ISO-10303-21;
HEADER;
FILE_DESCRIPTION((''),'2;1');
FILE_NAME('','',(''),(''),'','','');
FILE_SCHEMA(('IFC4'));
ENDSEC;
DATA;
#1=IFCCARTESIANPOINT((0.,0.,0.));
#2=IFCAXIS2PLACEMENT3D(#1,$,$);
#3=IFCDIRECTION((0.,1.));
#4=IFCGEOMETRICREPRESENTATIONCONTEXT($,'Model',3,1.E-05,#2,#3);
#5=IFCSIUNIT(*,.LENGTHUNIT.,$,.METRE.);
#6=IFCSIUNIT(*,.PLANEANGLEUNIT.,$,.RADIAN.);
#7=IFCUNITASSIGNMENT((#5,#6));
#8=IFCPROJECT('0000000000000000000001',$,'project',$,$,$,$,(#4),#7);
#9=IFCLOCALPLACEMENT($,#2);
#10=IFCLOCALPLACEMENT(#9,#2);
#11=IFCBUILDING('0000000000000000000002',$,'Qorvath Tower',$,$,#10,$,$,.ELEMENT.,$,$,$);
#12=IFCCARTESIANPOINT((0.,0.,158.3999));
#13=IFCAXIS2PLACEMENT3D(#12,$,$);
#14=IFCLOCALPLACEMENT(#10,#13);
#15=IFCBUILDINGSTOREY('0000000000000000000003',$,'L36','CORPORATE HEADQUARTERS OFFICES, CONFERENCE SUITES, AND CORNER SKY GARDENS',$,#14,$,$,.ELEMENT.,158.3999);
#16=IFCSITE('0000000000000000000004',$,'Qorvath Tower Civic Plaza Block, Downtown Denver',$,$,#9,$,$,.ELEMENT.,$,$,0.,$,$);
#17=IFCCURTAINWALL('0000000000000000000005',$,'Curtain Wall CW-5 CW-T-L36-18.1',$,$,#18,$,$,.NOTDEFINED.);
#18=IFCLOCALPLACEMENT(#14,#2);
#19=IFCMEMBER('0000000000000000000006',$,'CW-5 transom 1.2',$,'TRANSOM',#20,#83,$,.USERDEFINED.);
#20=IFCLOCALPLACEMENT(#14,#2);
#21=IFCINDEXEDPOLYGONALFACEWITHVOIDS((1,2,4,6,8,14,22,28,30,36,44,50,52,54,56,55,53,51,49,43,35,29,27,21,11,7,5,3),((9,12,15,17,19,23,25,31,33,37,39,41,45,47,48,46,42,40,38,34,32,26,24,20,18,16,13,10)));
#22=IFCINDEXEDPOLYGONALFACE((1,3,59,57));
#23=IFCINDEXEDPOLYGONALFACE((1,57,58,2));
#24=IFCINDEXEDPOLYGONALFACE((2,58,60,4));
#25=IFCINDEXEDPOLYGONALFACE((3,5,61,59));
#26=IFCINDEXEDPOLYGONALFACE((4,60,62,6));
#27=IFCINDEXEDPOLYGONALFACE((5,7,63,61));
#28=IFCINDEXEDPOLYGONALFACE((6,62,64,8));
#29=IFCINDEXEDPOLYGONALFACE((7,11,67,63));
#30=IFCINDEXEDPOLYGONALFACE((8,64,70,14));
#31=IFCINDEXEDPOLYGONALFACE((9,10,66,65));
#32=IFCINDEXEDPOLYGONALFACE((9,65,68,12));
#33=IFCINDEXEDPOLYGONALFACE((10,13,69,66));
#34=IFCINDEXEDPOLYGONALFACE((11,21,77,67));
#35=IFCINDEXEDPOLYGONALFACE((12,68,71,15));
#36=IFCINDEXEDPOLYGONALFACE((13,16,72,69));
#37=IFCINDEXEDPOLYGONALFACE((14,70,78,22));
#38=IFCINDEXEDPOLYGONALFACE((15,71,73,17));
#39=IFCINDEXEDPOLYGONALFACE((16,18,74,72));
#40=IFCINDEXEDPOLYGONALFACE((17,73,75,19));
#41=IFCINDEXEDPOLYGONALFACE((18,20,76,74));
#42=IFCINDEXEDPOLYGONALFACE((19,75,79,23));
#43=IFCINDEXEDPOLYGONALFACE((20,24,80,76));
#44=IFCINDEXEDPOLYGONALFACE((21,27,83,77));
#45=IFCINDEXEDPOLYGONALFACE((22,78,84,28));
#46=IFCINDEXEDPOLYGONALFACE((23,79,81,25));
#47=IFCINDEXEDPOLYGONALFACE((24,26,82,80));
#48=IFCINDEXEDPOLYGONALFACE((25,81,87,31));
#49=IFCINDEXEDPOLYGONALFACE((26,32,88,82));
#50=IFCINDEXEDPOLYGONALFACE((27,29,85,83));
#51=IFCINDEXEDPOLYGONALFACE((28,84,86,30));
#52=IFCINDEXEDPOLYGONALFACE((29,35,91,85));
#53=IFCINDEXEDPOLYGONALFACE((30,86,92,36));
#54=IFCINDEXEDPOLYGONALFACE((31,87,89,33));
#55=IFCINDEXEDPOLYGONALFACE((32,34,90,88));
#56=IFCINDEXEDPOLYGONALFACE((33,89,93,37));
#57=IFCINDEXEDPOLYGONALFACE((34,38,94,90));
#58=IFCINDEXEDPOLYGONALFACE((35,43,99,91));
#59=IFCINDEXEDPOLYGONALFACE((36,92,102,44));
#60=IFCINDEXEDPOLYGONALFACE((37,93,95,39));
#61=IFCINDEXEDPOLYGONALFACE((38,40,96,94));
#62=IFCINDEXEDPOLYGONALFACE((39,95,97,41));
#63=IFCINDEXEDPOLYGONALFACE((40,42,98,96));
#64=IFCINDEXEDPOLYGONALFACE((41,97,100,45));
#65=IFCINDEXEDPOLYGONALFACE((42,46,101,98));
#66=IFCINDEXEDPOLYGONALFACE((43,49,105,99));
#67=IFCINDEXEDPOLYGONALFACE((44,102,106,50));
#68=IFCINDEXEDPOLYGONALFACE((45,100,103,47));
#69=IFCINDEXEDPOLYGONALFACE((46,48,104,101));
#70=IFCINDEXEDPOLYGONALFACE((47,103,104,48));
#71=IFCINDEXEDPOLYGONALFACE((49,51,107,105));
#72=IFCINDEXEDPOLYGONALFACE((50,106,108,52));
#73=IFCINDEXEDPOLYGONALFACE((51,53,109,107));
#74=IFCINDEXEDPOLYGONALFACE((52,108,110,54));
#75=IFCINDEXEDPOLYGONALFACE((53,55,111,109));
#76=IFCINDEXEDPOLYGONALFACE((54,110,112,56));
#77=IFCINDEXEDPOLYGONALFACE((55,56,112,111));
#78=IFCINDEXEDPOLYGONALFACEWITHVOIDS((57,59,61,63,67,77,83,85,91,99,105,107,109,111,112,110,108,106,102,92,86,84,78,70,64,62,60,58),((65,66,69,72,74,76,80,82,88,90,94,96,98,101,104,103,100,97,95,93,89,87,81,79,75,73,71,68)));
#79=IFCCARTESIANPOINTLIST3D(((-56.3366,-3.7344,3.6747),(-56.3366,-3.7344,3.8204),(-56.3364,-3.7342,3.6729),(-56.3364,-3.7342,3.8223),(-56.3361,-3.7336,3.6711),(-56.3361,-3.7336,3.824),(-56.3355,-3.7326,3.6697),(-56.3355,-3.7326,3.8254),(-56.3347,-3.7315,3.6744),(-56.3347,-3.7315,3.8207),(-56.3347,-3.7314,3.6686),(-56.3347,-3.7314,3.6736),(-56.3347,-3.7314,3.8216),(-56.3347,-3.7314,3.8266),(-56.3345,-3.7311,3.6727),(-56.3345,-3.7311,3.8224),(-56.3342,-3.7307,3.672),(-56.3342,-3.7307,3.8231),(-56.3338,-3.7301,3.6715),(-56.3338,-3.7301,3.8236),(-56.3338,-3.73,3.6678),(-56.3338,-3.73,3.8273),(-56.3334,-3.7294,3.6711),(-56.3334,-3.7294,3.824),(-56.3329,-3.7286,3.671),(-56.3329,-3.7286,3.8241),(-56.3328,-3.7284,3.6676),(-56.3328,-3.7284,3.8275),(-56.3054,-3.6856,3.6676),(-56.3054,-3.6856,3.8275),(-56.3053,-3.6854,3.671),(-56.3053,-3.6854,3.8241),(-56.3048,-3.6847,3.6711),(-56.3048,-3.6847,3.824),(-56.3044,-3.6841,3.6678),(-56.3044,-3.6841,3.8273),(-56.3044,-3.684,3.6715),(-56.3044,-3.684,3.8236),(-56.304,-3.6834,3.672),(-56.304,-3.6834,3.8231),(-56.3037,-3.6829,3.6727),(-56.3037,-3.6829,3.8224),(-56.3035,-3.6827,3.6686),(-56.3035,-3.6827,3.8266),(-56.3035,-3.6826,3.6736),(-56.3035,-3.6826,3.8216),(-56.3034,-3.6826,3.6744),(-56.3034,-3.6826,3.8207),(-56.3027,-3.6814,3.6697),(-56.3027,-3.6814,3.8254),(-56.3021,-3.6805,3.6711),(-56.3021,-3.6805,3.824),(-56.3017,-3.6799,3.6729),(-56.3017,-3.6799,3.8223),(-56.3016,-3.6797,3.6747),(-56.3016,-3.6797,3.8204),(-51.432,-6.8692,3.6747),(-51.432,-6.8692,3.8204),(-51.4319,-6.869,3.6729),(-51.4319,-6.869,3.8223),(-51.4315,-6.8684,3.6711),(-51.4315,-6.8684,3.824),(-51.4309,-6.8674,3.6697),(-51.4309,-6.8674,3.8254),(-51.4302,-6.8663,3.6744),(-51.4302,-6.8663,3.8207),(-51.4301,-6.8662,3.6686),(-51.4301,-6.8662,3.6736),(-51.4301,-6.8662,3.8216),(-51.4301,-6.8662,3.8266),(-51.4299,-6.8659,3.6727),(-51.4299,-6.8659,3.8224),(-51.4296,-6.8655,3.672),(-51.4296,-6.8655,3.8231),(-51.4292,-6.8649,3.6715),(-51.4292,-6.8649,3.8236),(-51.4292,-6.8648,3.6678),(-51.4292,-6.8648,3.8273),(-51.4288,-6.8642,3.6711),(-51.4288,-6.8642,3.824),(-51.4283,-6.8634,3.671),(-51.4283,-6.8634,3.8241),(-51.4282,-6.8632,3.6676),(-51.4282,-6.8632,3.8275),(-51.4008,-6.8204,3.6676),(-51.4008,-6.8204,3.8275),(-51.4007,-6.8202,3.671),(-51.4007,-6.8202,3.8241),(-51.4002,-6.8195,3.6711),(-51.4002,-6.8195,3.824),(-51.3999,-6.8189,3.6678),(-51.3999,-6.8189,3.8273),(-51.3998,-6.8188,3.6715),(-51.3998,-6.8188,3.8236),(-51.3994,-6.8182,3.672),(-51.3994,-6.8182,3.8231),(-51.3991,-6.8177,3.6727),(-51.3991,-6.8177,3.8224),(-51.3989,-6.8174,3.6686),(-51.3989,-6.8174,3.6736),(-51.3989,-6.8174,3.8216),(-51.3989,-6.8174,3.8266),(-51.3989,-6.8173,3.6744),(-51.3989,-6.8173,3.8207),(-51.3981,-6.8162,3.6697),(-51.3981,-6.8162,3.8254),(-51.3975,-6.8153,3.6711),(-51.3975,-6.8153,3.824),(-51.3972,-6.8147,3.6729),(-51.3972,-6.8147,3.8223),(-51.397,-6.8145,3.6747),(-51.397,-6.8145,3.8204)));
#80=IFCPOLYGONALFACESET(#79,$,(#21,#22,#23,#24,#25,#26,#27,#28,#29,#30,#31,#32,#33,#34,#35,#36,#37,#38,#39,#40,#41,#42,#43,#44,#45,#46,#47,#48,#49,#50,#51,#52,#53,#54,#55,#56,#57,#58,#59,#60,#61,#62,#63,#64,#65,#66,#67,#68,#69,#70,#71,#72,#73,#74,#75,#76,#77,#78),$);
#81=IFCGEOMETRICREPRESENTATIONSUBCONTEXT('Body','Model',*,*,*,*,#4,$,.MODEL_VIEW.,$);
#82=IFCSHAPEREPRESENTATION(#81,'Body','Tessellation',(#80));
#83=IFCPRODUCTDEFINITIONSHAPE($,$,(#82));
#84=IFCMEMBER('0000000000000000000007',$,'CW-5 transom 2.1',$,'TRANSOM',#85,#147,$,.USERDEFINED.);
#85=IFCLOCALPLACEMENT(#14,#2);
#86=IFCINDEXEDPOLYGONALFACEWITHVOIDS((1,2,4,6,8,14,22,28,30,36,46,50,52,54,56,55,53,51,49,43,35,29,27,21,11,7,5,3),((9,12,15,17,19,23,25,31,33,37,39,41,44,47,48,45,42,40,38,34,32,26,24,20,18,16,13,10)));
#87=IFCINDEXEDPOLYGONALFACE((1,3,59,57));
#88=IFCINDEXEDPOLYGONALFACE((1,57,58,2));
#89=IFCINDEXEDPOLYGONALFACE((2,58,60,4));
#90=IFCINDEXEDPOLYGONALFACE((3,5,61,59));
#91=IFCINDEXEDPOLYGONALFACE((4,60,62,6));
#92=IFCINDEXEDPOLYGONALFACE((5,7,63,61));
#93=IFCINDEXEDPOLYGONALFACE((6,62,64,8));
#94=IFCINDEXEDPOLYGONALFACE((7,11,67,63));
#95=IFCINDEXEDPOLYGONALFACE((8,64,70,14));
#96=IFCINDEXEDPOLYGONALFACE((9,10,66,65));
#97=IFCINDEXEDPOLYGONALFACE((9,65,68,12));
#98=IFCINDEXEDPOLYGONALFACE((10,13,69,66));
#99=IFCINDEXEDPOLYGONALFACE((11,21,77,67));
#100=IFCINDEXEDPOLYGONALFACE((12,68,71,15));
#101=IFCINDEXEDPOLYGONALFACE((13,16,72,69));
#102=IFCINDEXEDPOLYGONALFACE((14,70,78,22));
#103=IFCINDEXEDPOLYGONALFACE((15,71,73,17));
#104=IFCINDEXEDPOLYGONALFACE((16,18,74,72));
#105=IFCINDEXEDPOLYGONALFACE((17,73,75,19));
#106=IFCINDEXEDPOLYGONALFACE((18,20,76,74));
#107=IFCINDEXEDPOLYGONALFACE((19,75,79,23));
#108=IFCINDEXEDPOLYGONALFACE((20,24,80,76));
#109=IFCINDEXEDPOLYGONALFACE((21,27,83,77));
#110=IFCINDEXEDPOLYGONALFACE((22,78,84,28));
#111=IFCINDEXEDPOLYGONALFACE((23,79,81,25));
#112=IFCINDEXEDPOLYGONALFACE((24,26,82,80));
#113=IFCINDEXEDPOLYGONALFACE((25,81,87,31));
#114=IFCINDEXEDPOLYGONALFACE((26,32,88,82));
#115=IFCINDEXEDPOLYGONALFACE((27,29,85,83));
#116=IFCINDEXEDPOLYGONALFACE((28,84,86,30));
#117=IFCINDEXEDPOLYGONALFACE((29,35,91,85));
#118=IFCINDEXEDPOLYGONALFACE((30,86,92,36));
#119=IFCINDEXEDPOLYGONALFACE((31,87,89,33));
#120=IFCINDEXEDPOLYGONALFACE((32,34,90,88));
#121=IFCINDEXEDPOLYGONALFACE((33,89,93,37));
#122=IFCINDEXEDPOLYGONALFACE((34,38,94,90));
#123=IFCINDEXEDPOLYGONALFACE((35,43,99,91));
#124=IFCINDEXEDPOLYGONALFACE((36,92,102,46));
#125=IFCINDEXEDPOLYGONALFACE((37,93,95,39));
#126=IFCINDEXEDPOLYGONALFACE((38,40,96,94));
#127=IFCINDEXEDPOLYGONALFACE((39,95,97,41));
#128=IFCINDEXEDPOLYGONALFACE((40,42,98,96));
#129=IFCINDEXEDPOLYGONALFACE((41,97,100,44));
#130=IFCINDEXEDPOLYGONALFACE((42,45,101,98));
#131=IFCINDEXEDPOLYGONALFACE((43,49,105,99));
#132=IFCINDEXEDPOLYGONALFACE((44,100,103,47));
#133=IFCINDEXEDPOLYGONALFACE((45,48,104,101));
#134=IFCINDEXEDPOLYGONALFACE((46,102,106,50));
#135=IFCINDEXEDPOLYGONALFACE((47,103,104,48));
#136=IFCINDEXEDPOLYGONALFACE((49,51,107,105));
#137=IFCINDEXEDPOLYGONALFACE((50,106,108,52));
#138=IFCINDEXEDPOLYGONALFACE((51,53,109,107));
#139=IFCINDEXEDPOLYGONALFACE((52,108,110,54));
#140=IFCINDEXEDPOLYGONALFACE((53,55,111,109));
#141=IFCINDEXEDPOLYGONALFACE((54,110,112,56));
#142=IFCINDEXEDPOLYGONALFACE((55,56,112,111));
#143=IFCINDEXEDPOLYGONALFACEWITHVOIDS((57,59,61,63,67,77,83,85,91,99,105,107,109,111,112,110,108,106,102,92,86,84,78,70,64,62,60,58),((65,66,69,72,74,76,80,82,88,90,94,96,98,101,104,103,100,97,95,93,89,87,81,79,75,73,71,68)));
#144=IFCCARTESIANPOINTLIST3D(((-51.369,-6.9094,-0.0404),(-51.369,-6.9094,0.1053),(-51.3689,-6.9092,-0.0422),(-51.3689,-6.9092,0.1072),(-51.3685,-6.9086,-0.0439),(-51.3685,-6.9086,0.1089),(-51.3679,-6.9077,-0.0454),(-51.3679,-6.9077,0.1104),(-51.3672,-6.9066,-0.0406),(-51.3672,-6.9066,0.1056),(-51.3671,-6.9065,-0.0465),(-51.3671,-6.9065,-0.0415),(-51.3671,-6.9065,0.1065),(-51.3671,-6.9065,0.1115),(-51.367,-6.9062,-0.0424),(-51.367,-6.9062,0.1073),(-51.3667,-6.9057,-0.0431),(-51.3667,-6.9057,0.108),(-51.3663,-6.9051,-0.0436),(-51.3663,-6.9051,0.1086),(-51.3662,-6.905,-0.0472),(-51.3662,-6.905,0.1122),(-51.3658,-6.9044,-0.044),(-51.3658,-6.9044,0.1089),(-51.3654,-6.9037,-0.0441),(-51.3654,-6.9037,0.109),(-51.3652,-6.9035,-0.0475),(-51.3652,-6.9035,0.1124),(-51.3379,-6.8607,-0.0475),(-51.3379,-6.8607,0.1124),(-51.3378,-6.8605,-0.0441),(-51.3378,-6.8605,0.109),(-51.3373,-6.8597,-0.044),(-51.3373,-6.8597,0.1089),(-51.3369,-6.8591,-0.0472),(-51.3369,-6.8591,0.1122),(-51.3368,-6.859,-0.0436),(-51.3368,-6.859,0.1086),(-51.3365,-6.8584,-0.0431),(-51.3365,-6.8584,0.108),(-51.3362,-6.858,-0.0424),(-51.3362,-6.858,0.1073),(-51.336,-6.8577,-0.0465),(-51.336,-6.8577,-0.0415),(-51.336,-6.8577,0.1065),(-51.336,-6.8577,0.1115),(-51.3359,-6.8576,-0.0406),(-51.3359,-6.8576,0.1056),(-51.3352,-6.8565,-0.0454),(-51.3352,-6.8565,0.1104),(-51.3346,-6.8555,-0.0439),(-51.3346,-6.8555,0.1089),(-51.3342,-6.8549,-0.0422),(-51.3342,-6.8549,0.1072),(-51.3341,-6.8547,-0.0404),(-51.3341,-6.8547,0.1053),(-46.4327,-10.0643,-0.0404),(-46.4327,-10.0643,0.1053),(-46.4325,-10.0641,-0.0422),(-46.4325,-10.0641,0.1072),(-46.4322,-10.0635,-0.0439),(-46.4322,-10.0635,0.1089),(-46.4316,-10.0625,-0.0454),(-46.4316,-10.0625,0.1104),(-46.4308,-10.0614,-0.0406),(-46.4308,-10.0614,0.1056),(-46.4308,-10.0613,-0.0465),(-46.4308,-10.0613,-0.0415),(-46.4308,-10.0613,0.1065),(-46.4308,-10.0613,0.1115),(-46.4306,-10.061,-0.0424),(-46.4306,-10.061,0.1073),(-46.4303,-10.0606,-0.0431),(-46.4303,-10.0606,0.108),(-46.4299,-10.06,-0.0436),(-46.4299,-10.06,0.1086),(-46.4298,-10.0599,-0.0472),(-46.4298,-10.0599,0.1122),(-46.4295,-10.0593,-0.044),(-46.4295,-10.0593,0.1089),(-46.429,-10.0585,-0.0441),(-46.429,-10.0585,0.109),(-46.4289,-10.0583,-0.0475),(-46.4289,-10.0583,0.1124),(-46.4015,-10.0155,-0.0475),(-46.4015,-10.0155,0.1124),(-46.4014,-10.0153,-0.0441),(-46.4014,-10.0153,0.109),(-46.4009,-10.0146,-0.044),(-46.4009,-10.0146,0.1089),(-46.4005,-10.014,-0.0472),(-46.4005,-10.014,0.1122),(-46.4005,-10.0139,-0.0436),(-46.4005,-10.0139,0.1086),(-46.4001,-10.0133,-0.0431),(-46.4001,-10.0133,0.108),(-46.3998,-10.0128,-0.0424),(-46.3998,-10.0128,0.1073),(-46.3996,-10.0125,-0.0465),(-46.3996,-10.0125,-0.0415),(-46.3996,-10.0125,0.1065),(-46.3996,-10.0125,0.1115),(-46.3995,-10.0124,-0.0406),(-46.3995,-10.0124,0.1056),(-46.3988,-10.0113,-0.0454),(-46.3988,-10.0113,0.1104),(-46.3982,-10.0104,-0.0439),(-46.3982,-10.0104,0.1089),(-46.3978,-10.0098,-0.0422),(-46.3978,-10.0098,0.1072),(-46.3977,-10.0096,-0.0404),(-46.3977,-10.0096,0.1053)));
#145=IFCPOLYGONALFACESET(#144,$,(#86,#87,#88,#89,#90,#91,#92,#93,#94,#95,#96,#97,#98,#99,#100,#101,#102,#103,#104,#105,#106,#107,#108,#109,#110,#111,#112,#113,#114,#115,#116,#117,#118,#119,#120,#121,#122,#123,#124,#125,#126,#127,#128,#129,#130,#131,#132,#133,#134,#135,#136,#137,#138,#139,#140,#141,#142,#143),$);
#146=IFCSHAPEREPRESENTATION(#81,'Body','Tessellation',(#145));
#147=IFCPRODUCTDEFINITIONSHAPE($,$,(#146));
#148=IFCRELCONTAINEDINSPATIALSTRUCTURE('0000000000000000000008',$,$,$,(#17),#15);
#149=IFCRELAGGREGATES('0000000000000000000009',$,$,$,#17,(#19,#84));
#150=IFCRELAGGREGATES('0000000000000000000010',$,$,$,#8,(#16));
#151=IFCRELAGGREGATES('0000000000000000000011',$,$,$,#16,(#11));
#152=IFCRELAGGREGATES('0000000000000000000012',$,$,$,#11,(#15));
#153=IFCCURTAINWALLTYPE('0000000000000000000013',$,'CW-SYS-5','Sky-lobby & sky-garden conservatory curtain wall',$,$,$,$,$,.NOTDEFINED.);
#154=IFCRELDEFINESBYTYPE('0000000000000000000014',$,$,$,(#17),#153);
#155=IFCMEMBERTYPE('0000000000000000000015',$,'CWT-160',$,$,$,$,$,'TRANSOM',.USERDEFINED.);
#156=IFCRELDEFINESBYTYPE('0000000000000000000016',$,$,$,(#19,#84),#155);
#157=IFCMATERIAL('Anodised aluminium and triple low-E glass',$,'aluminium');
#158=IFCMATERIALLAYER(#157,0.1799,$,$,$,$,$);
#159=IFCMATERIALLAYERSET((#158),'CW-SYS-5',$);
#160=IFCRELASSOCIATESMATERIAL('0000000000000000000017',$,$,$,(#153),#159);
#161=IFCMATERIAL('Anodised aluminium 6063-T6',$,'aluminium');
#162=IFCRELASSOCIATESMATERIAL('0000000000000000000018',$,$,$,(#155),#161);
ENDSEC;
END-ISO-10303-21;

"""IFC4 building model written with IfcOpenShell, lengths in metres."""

from ifc_helpers import new_model, si_unit, direction, frame, origin, origin_2d, place, context, subcontext, project, spatial, hollow_rectangle, extrude, material, layer, layer_set, material_profile, profile_set, type_object, element, aggregate, save


model = new_model("IFC4")

# Units and contexts
model_context = context("Model", 3, precision=1e-05, world=origin(), true_north=direction((0.0, 1.0)))
body_context = subcontext(model_context, "Body", "Model", "MODEL_VIEW")
ifc_project = project(units=[si_unit("LENGTHUNIT", "METRE"), si_unit("PLANEANGLEUNIT", "RADIAN")], contexts=[model_context])

# Site, building, storey
site_placement = place(None, origin())
site = spatial("IfcSite", under=ifc_project, at=site_placement, Name="Qorvath Tower Civic Plaza Block, Downtown Denver", CompositionType="ELEMENT", RefElevation=0.0)
building_placement = place(site_placement, origin())
building = spatial("IfcBuilding", under=site, at=building_placement, Name="Qorvath Tower", CompositionType="ELEMENT")
storey_placement = place(building_placement, frame((0.0, 0.0, 158.3999)))
storey = spatial("IfcBuildingStorey", under=building, at=storey_placement, Name="L36", Description="CORPORATE HEADQUARTERS OFFICES, CONFERENCE SUITES, AND CORNER SKY GARDENS", CompositionType="ELEMENT", Elevation=158.3999)

# Shared definitions
ifc_material_1 = material(Name="Anodised aluminium and triple low-E glass", Category="aluminium")
ifc_layer_1 = layer(ifc_material_1, 0.1799)
ifc_layer_set_1 = layer_set([ifc_layer_1], Name="CW-SYS-5")
curtain_wall_type = type_object("IfcCurtainWallType", Name="CW-SYS-5", Description="Sky-lobby & sky-garden conservatory curtain wall", PredefinedType="NOTDEFINED", material=ifc_layer_set_1)

# Curtain wall, members
curtain_wall_1_placement = place(storey_placement, origin())
curtain_wall_1 = element("IfcCurtainWall", 1, at=curtain_wall_1_placement, inside=storey, type_object=curtain_wall_type, Name="Curtain Wall CW-5 CW-T-L36-18.1", PredefinedType="NOTDEFINED")
ifc_material_2 = material(Name="Anodised aluminium 6063-T6", Category="aluminium")
ifc_material_profile_1 = material_profile(ifc_material_2, hollow_rectangle(XDim=0.0649, YDim=0.1599, WallThickness=0.0034, InnerFilletRadius=0.0034, OuterFilletRadius=0.0071, at=origin_2d()), Name="CWT 160x65")
ifc_profile_set_1 = profile_set([ifc_material_profile_1], Name="Anodised aluminium 6063-T6")
member_type_1 = type_object("IfcMemberType", Name="CWT-160", ElementType="TRANSOM", PredefinedType="USERDEFINED", material=ifc_profile_set_1)
member_1_placement = place(storey_placement, frame((-56.3191, -3.707, 3.7476), z_axis=(0.842594, -0.538549, 0.0), x_axis=(0.538549, 0.842594, 0.0)))
member_1 = element("IfcMember", 2, at=member_1_placement, type_object=member_type_1, Name="CW-5 transom 1.2", ObjectType="TRANSOM", PredefinedType="USERDEFINED", context=body_context, shape_type="SweptSolid", body=[
    extrude(hollow_rectangle(XDim=0.0649, YDim=0.1599, WallThickness=0.0034, InnerFilletRadius=0.0034, OuterFilletRadius=0.0071, at=origin_2d()), origin(), (0.0, 0.0, 1.0), 5.8208),
])
member_2_placement = place(storey_placement, frame((-51.3516, -6.8821, 0.0325), z_axis=(0.842615, -0.538517, 0.0), x_axis=(0.538517, 0.842615, 0.0)))
member_2 = element("IfcMember", 3, at=member_2_placement, type_object=member_type_1, Name="CW-5 transom 2.1", ObjectType="TRANSOM", PredefinedType="USERDEFINED", context=body_context, shape_type="SweptSolid", body=[
    extrude(hollow_rectangle(XDim=0.0649, YDim=0.1599, WallThickness=0.0034, InnerFilletRadius=0.0034, OuterFilletRadius=0.0071, at=origin_2d()), origin(), (0.0, 0.0, 1.0), 5.8584),
])

aggregate(curtain_wall_1, [member_1, member_2])

save(model, "model.ifc")
